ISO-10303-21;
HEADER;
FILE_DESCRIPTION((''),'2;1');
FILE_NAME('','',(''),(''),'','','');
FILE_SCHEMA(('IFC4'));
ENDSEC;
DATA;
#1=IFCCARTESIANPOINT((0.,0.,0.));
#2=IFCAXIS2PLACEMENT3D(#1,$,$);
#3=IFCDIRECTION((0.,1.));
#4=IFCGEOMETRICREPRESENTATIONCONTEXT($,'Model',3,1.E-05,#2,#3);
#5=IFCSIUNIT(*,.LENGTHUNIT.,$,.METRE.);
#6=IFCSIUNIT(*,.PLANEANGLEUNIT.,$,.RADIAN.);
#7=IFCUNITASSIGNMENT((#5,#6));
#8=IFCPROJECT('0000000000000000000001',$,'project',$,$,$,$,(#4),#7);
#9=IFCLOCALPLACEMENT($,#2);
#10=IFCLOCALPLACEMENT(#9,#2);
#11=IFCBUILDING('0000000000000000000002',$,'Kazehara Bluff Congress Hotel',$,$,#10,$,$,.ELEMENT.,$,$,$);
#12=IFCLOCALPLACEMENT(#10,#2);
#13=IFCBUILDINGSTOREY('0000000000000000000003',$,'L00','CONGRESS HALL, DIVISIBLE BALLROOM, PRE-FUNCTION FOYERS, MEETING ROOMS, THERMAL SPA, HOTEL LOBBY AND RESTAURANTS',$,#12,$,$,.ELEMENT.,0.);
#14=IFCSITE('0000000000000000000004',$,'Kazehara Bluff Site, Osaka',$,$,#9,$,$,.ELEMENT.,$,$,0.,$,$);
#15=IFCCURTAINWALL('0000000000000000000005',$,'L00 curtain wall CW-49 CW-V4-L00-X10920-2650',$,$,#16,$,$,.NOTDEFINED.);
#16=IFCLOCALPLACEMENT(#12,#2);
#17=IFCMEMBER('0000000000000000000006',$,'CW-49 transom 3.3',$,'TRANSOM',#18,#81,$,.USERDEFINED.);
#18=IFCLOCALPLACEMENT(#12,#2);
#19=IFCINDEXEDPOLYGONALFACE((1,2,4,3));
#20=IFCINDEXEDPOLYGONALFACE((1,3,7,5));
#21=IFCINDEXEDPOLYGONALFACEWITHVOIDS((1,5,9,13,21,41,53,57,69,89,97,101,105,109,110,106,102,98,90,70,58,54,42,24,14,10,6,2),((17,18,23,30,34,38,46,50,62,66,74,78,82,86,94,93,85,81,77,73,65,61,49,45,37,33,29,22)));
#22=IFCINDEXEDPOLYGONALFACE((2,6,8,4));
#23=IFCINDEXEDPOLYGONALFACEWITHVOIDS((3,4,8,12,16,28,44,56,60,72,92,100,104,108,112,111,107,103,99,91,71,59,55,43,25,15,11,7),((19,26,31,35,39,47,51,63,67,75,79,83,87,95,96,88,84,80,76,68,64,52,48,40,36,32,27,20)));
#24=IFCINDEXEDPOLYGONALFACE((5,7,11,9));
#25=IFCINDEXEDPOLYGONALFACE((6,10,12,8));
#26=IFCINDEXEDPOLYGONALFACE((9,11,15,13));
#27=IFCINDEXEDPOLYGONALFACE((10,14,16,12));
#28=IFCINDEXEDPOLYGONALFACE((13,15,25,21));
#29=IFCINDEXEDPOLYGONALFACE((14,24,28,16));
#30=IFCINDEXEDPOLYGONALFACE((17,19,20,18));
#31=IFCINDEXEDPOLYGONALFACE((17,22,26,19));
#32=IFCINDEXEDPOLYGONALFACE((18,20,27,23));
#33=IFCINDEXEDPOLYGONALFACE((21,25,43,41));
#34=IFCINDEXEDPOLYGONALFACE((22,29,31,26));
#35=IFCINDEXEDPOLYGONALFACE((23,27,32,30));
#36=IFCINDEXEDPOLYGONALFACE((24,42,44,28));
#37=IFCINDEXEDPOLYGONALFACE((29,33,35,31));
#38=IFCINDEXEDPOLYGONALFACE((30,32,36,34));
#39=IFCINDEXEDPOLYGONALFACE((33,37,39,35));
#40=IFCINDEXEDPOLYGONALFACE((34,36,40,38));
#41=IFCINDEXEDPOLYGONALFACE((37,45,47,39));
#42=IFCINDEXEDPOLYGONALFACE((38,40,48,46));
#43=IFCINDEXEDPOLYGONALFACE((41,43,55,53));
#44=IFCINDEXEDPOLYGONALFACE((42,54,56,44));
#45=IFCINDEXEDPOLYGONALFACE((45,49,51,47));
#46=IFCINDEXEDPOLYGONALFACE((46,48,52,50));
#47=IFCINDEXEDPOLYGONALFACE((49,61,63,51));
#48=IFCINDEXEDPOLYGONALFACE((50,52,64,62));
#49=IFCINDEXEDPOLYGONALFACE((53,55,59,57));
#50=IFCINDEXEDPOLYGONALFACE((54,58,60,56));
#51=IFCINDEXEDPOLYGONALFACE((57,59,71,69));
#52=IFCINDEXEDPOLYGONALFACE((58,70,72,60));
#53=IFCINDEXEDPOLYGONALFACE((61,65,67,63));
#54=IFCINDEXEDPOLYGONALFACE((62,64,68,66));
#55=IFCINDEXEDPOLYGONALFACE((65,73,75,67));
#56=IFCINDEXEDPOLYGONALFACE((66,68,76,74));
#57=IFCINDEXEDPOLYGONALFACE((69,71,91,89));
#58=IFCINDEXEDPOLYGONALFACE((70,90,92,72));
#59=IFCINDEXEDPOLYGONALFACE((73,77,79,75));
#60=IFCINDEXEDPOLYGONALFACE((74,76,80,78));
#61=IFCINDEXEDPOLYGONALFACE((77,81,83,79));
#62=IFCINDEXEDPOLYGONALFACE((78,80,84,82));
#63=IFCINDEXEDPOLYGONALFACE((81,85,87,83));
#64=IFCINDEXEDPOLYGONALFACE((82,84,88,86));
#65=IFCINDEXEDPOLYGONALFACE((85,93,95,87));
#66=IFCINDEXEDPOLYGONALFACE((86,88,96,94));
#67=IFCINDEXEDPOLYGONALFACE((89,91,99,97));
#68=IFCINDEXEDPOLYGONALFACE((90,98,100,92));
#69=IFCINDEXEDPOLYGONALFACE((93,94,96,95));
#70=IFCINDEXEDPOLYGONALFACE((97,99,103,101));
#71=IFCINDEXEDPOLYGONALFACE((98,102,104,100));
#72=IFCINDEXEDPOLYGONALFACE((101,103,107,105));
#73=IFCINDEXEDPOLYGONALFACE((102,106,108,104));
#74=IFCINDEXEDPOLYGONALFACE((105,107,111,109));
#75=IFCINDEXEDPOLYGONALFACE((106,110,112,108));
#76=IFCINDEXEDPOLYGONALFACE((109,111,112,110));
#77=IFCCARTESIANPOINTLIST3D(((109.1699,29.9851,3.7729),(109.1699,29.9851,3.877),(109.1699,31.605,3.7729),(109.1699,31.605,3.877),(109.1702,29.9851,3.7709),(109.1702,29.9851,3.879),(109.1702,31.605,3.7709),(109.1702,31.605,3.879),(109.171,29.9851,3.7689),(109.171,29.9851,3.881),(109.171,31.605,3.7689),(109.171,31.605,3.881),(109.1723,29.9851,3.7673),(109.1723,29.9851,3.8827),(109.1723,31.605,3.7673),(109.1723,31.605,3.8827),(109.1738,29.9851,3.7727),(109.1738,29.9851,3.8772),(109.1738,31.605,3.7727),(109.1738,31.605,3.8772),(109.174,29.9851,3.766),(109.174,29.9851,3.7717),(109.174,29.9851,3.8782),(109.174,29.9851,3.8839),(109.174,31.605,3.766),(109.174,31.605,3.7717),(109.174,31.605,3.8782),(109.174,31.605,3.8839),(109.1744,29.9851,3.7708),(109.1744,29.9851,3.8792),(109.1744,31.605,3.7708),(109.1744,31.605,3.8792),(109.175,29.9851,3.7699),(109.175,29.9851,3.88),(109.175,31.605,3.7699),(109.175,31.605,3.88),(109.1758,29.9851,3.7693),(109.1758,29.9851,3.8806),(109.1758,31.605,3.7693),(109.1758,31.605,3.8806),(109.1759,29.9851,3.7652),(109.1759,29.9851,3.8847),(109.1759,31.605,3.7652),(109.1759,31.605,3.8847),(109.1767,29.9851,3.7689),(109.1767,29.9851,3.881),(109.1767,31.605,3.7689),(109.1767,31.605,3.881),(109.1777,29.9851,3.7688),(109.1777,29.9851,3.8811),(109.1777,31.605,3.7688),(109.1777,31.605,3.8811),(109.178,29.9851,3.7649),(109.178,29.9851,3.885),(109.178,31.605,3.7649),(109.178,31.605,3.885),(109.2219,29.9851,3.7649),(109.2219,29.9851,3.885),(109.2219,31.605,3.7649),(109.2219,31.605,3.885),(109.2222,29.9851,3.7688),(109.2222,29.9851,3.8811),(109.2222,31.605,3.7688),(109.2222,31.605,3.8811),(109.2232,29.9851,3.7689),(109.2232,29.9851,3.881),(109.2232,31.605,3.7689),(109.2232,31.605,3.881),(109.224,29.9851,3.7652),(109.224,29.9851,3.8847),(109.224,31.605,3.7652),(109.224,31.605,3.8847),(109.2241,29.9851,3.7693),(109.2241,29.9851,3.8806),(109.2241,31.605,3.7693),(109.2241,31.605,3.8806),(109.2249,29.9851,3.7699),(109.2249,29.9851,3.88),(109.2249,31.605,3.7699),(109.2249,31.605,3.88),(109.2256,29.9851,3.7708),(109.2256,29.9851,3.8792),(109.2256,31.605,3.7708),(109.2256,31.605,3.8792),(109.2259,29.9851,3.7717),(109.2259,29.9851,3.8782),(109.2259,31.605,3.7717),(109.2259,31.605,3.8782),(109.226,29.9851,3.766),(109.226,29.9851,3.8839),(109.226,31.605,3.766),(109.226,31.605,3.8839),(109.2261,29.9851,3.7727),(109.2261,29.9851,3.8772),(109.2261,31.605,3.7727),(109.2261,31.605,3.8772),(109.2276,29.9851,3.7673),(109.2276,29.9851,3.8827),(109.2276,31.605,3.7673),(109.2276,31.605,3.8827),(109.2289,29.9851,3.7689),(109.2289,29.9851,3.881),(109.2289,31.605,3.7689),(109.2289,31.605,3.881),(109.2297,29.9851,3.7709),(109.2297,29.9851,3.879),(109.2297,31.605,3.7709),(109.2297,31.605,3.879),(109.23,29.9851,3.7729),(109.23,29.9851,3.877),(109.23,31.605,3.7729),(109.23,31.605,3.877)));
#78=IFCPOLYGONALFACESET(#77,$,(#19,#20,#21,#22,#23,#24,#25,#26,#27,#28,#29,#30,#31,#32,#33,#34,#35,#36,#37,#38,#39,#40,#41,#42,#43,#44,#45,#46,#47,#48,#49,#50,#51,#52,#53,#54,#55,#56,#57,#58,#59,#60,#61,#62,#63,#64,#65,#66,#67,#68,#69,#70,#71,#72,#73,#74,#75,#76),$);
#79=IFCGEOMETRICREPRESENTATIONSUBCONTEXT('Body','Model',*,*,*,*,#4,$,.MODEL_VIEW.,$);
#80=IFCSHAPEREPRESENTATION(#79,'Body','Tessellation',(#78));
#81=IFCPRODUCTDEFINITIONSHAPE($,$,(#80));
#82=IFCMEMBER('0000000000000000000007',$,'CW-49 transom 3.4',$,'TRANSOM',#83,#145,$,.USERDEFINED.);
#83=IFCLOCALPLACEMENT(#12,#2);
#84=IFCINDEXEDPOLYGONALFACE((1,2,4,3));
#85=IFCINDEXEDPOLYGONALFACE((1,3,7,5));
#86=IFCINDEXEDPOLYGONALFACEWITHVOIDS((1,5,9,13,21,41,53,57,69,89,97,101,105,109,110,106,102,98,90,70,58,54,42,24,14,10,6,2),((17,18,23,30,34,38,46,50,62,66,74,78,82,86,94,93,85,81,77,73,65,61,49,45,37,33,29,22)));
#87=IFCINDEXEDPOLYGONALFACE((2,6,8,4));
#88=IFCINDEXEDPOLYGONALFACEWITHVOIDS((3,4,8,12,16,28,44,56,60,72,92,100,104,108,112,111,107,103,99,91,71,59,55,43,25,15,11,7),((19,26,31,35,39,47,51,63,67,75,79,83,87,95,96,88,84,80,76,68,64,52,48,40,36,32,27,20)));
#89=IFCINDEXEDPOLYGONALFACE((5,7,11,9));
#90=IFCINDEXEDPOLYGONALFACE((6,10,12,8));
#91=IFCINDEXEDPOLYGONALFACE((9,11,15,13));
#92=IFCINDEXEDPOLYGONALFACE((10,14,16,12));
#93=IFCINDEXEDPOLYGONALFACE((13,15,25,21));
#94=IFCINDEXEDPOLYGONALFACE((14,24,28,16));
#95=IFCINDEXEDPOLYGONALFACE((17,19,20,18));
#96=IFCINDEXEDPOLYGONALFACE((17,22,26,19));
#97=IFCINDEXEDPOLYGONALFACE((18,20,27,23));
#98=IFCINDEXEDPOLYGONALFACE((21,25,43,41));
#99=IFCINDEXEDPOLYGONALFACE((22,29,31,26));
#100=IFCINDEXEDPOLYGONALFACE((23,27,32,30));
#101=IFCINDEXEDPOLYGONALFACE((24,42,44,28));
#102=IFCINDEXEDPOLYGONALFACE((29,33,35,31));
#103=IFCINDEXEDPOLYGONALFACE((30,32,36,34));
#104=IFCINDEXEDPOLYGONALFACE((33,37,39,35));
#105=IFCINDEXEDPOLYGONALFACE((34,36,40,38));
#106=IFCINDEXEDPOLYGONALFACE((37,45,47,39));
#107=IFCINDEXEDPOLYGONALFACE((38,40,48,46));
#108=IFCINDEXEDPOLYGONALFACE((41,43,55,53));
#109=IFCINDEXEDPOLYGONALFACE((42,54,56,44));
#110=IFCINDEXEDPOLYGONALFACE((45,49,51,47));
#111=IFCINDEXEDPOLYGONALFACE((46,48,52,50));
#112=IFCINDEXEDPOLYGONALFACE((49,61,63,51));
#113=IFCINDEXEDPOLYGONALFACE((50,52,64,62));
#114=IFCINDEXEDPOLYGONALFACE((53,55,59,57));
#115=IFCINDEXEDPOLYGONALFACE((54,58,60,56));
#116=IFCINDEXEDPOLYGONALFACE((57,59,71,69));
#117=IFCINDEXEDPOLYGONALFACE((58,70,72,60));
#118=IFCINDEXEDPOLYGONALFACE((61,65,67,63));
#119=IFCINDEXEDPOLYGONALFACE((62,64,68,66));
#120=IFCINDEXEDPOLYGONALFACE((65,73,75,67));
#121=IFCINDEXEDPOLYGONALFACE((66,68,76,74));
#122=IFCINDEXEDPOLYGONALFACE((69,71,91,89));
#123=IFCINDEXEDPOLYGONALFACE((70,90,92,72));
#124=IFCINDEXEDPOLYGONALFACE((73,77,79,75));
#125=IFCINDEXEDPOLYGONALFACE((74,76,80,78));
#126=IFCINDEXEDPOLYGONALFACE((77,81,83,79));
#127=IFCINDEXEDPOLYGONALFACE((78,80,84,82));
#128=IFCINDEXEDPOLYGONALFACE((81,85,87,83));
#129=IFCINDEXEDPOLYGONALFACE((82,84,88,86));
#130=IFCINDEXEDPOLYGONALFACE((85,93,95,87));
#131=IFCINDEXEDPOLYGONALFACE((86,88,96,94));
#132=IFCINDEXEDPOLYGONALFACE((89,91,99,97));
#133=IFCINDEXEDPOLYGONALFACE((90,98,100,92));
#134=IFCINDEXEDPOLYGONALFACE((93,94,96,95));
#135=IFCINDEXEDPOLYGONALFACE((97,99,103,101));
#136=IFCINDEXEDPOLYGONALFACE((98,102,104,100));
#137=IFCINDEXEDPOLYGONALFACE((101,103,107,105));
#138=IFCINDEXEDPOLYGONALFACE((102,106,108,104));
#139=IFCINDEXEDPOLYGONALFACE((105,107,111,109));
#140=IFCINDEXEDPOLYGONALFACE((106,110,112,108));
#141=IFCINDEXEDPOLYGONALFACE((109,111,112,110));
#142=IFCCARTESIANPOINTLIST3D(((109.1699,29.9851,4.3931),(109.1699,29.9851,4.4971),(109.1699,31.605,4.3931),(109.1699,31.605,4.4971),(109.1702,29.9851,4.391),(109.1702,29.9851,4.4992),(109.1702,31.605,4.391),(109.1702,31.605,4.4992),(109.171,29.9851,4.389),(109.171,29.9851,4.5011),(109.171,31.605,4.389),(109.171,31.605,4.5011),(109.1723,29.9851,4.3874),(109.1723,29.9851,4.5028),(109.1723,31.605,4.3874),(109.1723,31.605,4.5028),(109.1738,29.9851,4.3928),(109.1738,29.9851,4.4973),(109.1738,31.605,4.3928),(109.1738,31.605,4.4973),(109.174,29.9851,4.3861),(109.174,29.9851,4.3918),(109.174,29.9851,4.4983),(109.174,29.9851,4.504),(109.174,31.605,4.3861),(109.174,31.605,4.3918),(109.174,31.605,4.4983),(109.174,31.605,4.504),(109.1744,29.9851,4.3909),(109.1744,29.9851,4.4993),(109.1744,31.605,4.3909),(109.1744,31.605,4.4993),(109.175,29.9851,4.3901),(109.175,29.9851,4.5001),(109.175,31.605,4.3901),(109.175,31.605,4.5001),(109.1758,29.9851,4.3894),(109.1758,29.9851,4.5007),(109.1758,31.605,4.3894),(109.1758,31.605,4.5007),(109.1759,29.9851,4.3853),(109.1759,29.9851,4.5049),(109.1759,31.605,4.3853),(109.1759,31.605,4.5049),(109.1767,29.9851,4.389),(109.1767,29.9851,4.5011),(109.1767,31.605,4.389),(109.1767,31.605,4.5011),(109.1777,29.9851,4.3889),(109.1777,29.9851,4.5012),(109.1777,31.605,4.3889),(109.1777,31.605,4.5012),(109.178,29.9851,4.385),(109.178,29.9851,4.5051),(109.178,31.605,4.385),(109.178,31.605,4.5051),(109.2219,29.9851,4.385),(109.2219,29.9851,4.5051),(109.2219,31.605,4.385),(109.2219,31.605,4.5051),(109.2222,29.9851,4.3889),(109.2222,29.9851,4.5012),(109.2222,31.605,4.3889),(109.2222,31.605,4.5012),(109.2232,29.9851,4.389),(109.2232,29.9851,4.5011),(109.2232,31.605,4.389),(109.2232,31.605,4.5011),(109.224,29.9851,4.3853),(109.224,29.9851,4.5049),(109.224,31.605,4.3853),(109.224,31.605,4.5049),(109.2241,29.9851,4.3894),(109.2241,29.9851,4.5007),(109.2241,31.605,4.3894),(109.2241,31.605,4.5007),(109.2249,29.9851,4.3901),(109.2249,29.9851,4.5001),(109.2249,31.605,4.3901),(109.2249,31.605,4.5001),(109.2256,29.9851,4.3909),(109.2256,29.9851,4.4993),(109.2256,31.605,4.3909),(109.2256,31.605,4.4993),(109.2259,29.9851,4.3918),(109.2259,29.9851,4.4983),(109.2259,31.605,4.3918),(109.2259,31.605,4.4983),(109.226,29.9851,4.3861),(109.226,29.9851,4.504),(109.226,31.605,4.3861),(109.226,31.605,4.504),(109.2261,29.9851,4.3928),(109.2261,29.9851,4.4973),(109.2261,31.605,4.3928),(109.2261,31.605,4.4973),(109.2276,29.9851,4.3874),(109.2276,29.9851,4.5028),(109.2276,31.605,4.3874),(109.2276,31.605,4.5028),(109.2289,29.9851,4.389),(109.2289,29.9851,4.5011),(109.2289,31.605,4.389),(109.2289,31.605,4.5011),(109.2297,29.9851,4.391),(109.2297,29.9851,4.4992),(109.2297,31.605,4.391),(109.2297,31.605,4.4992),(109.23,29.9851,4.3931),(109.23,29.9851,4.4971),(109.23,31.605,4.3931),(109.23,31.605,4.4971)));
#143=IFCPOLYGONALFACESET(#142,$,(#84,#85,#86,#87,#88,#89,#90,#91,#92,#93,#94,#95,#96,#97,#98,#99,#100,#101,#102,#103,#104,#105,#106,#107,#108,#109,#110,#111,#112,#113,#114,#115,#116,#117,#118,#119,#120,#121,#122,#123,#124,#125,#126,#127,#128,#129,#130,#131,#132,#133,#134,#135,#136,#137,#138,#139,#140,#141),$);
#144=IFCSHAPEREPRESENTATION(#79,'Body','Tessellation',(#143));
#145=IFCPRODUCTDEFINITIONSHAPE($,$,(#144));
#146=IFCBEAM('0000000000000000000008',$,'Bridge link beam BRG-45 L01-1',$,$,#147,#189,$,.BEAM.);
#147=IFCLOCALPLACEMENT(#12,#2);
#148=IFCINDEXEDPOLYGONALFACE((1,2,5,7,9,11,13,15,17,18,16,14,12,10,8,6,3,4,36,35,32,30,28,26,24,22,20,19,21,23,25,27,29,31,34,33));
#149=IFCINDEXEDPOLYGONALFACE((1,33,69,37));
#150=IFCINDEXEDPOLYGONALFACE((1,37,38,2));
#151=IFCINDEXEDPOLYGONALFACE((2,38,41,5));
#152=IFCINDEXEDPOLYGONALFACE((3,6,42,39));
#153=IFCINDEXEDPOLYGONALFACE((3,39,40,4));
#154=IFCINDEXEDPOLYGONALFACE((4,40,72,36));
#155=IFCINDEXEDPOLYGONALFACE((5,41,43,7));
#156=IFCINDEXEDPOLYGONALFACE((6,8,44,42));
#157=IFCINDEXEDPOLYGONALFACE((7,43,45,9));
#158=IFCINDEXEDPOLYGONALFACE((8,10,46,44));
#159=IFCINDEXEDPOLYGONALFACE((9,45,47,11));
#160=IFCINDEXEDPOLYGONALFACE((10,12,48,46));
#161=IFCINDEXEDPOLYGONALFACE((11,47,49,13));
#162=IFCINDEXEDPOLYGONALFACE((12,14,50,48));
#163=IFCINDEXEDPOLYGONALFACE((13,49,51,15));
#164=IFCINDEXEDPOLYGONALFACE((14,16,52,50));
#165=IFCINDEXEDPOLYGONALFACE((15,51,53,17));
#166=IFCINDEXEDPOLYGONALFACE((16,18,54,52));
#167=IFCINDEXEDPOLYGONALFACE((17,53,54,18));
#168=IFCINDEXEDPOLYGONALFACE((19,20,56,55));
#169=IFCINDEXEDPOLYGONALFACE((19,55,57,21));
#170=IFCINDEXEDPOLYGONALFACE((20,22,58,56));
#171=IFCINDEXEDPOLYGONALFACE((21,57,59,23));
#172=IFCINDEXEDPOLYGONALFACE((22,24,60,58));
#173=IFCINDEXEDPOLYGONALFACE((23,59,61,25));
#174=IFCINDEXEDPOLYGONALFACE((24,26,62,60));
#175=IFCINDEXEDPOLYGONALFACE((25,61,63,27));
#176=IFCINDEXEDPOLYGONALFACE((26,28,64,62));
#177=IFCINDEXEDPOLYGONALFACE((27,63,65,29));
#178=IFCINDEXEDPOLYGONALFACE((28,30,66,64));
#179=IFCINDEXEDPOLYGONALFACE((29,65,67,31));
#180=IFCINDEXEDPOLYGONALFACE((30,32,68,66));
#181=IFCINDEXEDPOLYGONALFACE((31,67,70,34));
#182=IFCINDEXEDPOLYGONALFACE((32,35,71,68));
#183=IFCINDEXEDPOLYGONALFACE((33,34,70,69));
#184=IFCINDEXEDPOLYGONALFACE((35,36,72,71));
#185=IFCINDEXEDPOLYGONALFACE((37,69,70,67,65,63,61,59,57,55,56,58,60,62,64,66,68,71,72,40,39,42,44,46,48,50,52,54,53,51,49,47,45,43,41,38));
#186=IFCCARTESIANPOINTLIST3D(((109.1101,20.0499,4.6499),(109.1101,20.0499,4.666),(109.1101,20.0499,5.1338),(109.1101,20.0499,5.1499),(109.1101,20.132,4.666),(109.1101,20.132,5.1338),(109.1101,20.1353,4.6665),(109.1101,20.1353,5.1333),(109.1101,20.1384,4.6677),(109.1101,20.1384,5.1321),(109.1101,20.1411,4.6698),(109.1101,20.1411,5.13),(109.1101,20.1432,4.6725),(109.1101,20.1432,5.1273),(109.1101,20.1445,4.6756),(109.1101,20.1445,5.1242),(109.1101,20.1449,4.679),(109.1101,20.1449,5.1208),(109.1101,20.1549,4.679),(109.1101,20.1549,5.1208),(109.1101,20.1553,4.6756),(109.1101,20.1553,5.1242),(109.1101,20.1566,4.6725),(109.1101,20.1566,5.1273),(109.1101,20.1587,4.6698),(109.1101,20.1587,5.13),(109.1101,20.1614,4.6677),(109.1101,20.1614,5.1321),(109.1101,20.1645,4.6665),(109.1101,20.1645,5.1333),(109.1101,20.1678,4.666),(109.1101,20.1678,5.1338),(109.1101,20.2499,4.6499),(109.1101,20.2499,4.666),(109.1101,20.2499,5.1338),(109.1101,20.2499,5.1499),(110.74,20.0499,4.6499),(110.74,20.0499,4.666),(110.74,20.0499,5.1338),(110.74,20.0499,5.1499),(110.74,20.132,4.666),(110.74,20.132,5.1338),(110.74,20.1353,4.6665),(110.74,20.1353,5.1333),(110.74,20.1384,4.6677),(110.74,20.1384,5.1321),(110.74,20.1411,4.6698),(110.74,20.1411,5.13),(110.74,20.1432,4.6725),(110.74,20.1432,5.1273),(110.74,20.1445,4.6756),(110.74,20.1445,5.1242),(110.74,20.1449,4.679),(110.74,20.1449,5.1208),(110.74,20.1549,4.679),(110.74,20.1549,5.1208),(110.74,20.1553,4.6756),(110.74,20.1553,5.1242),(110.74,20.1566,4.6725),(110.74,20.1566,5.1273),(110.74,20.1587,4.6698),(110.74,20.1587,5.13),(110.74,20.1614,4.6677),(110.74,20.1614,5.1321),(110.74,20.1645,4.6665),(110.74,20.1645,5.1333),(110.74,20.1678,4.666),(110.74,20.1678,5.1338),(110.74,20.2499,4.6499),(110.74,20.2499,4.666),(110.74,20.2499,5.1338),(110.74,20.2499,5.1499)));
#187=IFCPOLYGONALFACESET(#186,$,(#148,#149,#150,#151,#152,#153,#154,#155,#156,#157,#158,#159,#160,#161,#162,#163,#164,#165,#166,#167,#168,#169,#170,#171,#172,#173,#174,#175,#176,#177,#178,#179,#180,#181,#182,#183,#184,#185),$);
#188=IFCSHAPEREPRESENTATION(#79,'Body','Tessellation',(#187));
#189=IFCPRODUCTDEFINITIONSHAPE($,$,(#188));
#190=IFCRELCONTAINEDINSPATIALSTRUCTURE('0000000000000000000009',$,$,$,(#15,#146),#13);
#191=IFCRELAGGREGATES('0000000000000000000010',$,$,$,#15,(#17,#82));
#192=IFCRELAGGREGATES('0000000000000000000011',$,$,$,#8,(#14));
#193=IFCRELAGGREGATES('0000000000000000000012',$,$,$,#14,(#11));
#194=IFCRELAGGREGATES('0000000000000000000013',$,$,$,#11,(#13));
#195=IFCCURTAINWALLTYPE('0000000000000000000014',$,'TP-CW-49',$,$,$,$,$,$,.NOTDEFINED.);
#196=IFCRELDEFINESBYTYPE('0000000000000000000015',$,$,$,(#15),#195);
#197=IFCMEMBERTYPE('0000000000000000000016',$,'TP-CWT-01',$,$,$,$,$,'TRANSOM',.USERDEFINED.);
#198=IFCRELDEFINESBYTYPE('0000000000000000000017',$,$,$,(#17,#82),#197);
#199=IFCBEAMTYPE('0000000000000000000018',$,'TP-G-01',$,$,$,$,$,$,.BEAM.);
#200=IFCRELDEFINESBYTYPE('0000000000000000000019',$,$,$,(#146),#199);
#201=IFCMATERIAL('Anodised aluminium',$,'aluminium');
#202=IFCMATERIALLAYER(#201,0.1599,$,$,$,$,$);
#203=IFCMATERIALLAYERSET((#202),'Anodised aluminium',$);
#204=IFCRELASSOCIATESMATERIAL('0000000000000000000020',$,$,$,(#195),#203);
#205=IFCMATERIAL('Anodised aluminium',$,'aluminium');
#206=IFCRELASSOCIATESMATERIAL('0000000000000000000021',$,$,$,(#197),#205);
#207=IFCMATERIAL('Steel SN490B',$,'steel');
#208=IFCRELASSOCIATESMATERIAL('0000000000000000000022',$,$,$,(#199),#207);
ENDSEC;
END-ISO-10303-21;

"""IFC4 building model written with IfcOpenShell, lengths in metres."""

from ifc_helpers import new_model, si_unit, direction, frame, origin, origin_2d, place, context, subcontext, project, spatial, hollow_rectangle, i_section, extrude, material, layer, layer_set, material_profile, profile_set, type_object, element, aggregate, save


model = new_model("IFC4")

# Units and contexts
model_context = context("Model", 3, precision=1e-05, world=origin(), true_north=direction((0.0, 1.0)))
body_context = subcontext(model_context, "Body", "Model", "MODEL_VIEW")
ifc_project = project(units=[si_unit("LENGTHUNIT", "METRE"), si_unit("PLANEANGLEUNIT", "RADIAN")], contexts=[model_context])

# Site, building, storey
site_placement = place(None, origin())
site = spatial("IfcSite", under=ifc_project, at=site_placement, Name="Kazehara Bluff Site, Osaka", CompositionType="ELEMENT", RefElevation=0.0)
building_placement = place(site_placement, origin())
building = spatial("IfcBuilding", under=site, at=building_placement, Name="Kazehara Bluff Congress Hotel", CompositionType="ELEMENT")
storey_placement = place(building_placement, origin())
storey = spatial("IfcBuildingStorey", under=building, at=storey_placement, Name="L00", Description="CONGRESS HALL, DIVISIBLE BALLROOM, PRE-FUNCTION FOYERS, MEETING ROOMS, THERMAL SPA, HOTEL LOBBY AND RESTAURANTS", CompositionType="ELEMENT", Elevation=0.0)

# Curtain wall, members
ifc_material_1 = material(Name="Anodised aluminium", Category="aluminium")
ifc_layer_1 = layer(ifc_material_1, 0.1599)
ifc_layer_set_1 = layer_set([ifc_layer_1], Name="Anodised aluminium")
curtain_wall_type = type_object("IfcCurtainWallType", Name="TP-CW-49", PredefinedType="NOTDEFINED", material=ifc_layer_set_1)
curtain_wall_placement = place(storey_placement, origin())
curtain_wall = element("IfcCurtainWall", 1, at=curtain_wall_placement, inside=storey, type_object=curtain_wall_type, Name="L00 curtain wall CW-49 CW-V4-L00-X10920-2650", PredefinedType="NOTDEFINED")
ifc_material_2 = material(Name="Anodised aluminium", Category="aluminium")
ifc_material_profile_1 = material_profile(ifc_material_2, hollow_rectangle(XDim=0.0601, YDim=0.1201, WallThickness=0.0039, InnerFilletRadius=0.0039, OuterFilletRadius=0.0081, at=origin_2d()))
ifc_profile_set_1 = profile_set([ifc_material_profile_1], Name="Anodised aluminium")
member_type_1 = type_object("IfcMemberType", Name="TP-CWT-01", ElementType="TRANSOM", PredefinedType="USERDEFINED", material=ifc_profile_set_1)
member_1_placement = place(storey_placement, frame((109.2, 29.9851, 3.825), z_axis=(0.0, 1.0, 0.0), x_axis=(-1.0, 0.0, 0.0)))
member_1 = element("IfcMember", 2, at=member_1_placement, type_object=member_type_1, Name="CW-49 transom 3.3", ObjectType="TRANSOM", PredefinedType="USERDEFINED", context=body_context, shape_type="SweptSolid", body=[
    extrude(hollow_rectangle(XDim=0.0601, YDim=0.1201, WallThickness=0.0039, InnerFilletRadius=0.0039, OuterFilletRadius=0.0081, at=origin_2d()), origin(), (0.0, 0.0, 1.0), 1.6199),
])
member_2_placement = place(storey_placement, frame((109.2, 29.9851, 4.4451), z_axis=(0.0, 1.0, 0.0), x_axis=(-1.0, 0.0, 0.0)))
member_2 = element("IfcMember", 3, at=member_2_placement, type_object=member_type_1, Name="CW-49 transom 3.4", ObjectType="TRANSOM", PredefinedType="USERDEFINED", context=body_context, shape_type="SweptSolid", body=[
    extrude(hollow_rectangle(XDim=0.0601, YDim=0.1201, WallThickness=0.0039, InnerFilletRadius=0.0039, OuterFilletRadius=0.0081, at=origin_2d()), origin(), (0.0, 0.0, 1.0), 1.6199),
])

# Beam
ifc_material_3 = material(Name="Steel SN490B", Category="steel")
ifc_material_profile_2 = material_profile(ifc_material_3, i_section(OverallWidth=0.2, OverallDepth=0.5, WebThickness=0.01, FlangeThickness=0.0161, FilletRadius=0.0129, at=origin_2d()))
ifc_profile_set_2 = profile_set([ifc_material_profile_2], Name="Steel SN490B")
beam_type_1 = type_object("IfcBeamType", Name="TP-G-01", PredefinedType="BEAM", material=ifc_profile_set_2)
for number, where, z_axis, x_axis, name in (
    (4, (109.1101, 20.1499, 4.8999), (1.0, 0.0, 0.0), (0.0, 1.0, 0.0), "Bridge link beam BRG-45 L01-1"),
):
    element("IfcBeam", number, at=place(storey_placement, frame(where, z_axis=z_axis, x_axis=x_axis)), inside=storey, type_object=beam_type_1, Name=name, PredefinedType="BEAM", context=body_context, shape_type="SweptSolid", body=[
        extrude(i_section(OverallWidth=0.2, OverallDepth=0.5, WebThickness=0.01, FlangeThickness=0.0161, FilletRadius=0.0129, at=origin_2d()), origin(), (0.0, 0.0, 1.0), 1.6299),
    ])

aggregate(curtain_wall, [member_1, member_2])

save(model, "model.ifc")
